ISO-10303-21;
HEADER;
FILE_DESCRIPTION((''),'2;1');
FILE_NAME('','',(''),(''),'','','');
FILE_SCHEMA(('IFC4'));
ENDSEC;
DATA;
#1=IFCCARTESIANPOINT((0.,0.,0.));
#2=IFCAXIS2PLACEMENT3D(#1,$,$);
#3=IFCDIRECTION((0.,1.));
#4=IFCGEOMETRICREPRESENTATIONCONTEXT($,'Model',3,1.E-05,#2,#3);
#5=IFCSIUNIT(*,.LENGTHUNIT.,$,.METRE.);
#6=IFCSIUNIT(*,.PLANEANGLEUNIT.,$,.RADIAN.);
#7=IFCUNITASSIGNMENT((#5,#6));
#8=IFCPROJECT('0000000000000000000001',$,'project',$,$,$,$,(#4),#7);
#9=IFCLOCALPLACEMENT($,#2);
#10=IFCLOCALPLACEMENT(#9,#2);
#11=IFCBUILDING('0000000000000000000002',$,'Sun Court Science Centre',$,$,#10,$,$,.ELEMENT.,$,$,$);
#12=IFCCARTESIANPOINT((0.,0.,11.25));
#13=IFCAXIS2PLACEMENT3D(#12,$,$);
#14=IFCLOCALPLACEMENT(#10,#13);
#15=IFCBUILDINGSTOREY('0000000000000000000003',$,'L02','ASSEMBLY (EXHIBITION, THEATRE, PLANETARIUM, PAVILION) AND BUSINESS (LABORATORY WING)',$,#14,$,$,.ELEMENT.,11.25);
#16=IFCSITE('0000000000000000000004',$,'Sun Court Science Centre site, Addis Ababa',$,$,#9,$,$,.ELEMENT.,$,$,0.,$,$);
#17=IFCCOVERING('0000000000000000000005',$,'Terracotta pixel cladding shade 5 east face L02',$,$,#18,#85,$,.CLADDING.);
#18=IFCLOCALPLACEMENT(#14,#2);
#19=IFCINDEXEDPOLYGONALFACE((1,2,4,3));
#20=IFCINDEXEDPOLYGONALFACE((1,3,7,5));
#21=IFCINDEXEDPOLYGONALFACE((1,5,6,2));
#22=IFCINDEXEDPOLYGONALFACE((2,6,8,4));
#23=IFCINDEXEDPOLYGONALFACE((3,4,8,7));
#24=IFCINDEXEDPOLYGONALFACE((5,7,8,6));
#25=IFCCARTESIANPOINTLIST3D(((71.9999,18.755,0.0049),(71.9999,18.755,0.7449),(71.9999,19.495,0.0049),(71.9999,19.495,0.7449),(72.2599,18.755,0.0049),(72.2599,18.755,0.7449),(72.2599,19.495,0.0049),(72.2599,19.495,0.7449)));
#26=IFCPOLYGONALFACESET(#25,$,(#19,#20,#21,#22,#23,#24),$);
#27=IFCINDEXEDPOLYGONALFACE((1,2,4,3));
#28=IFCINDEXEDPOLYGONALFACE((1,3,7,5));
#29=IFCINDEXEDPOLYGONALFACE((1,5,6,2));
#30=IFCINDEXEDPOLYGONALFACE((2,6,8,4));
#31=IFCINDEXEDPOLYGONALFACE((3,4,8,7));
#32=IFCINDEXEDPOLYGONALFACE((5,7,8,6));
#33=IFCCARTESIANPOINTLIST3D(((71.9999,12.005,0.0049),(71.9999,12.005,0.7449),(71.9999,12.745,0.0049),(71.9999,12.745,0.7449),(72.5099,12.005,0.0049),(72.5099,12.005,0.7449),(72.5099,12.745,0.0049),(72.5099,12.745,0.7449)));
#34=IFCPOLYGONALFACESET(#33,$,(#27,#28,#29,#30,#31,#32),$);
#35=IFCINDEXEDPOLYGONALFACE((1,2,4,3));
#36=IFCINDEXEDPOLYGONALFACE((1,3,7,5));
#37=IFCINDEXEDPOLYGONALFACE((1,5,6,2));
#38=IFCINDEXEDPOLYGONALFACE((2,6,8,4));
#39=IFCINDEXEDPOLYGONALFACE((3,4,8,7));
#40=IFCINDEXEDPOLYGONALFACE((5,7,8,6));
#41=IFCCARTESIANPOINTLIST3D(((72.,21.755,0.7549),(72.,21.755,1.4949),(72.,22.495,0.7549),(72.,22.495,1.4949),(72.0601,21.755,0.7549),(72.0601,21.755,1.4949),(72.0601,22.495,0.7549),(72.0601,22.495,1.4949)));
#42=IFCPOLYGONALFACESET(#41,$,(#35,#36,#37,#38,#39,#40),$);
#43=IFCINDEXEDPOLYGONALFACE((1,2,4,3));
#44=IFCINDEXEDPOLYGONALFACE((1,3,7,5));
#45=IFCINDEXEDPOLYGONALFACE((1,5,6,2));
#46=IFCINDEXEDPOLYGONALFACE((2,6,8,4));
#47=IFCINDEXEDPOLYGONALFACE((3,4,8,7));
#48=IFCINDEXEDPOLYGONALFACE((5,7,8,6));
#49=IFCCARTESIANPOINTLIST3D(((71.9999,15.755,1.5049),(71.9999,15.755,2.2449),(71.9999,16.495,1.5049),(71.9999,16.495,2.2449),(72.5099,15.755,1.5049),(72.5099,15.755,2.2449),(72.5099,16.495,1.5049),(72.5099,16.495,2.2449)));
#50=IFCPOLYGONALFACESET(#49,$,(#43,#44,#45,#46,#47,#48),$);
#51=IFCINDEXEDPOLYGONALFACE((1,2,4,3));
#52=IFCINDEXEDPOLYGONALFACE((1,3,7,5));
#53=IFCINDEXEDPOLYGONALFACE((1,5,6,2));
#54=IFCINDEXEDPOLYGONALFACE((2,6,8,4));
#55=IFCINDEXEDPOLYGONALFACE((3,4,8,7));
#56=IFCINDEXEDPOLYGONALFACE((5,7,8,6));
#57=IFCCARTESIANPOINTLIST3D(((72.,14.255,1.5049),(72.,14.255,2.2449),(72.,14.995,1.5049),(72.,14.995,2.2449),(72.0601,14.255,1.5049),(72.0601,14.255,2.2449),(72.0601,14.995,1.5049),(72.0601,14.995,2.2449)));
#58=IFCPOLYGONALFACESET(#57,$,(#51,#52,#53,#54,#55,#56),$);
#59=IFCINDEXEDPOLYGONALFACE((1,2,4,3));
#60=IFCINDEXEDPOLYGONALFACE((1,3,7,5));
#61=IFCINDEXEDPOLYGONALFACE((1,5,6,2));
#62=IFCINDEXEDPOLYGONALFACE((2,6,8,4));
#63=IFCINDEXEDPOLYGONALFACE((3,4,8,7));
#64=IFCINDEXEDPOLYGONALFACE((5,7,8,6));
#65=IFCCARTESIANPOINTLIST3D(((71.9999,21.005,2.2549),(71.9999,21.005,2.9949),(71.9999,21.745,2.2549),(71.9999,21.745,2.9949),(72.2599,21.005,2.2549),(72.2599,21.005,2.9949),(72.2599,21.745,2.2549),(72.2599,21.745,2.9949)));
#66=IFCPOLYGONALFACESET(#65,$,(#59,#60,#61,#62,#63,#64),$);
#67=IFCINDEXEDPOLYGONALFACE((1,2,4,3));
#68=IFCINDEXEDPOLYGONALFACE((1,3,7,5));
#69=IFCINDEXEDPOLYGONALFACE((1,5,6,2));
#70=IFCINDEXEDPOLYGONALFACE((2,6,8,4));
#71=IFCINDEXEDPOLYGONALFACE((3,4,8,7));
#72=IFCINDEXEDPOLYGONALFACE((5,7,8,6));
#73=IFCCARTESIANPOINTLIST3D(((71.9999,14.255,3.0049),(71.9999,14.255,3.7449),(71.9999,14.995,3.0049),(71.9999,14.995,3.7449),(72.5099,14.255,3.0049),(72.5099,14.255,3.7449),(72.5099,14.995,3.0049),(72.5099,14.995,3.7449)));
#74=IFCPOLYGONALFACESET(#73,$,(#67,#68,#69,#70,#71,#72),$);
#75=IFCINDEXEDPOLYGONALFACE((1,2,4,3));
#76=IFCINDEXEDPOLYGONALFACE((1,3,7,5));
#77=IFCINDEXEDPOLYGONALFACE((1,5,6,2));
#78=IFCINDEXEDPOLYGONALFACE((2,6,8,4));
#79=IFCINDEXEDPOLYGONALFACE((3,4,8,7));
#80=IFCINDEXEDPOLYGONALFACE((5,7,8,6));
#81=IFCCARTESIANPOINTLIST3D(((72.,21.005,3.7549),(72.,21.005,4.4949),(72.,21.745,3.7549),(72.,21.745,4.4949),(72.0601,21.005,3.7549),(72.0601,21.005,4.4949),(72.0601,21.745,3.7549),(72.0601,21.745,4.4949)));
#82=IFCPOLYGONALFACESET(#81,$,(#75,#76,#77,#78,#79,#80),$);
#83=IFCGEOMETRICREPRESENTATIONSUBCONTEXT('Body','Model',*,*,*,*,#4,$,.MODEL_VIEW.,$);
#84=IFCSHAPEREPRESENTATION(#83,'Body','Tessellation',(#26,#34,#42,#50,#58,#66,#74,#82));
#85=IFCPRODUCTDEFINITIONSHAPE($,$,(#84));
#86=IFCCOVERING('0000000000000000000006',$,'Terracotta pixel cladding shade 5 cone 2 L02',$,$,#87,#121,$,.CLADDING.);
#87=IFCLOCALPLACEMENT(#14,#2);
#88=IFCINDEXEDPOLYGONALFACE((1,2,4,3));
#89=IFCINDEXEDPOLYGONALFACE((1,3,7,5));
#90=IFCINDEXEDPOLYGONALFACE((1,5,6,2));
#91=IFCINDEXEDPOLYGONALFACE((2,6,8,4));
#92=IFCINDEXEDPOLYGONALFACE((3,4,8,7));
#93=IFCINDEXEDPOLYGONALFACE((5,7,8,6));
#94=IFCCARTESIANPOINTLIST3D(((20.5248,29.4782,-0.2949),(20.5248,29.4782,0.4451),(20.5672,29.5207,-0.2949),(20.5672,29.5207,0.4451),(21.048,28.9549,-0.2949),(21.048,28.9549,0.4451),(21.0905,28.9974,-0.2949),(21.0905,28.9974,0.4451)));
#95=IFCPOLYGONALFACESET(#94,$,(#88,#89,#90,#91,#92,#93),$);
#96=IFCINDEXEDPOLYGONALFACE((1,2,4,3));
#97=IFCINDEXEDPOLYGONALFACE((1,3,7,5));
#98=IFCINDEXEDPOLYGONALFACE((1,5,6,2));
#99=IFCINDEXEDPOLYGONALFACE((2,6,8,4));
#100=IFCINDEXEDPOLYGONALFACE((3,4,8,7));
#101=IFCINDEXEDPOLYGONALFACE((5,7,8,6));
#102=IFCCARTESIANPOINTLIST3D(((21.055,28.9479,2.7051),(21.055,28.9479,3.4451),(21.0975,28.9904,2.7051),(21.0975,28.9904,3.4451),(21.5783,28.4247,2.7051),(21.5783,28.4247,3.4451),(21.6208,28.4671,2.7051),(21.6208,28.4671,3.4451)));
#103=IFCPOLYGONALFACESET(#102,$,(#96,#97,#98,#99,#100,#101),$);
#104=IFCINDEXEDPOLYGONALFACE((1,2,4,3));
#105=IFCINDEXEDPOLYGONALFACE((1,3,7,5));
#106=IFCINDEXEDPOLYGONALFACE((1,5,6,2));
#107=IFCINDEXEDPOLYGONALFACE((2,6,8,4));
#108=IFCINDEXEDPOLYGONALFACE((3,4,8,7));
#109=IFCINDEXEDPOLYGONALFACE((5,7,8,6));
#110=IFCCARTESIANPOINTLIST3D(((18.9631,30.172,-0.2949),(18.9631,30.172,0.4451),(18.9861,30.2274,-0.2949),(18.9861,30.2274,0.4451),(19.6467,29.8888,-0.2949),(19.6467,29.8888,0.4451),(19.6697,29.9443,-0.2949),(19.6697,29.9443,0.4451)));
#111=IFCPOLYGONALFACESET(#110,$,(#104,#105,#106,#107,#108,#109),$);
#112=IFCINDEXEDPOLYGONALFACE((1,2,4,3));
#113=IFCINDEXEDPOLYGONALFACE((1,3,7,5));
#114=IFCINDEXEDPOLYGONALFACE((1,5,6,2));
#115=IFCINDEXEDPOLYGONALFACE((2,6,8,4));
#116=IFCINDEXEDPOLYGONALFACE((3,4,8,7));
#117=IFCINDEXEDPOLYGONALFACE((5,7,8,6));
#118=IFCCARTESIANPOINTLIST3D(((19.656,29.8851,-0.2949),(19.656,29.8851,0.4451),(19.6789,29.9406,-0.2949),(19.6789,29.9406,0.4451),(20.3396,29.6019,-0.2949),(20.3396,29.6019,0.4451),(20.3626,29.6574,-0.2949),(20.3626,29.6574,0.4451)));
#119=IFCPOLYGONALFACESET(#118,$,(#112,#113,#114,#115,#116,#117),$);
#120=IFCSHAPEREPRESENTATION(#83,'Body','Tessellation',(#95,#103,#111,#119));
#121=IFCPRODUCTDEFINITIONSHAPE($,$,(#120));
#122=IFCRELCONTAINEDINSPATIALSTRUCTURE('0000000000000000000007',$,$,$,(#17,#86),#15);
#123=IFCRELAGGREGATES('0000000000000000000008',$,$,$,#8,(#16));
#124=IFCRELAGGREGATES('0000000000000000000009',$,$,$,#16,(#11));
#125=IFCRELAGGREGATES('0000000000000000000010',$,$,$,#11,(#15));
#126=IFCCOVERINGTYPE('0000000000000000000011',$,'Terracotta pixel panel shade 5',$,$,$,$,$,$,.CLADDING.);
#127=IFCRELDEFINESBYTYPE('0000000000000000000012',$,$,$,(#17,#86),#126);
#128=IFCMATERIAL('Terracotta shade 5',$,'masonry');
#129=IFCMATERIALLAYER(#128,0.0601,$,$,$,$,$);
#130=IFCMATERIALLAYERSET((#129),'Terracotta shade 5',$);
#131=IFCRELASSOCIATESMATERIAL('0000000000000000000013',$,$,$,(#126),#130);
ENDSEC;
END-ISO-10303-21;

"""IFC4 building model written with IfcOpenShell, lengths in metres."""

from ifc_helpers import new_model, si_unit, direction, frame, origin, origin_2d, place, context, subcontext, project, spatial, rectangle, extrude, material, layer, layer_set, type_object, element, save


model = new_model("IFC4")

# Units and contexts
model_context = context("Model", 3, precision=1e-05, world=origin(), true_north=direction((0.0, 1.0)))
body_context = subcontext(model_context, "Body", "Model", "MODEL_VIEW")
ifc_project = project(units=[si_unit("LENGTHUNIT", "METRE"), si_unit("PLANEANGLEUNIT", "RADIAN")], contexts=[model_context])

# Site, building, storey
site_placement = place(None, origin())
site = spatial("IfcSite", under=ifc_project, at=site_placement, Name="Sun Court Science Centre site, Addis Ababa", CompositionType="ELEMENT", RefElevation=0.0)
building_placement = place(site_placement, origin())
building = spatial("IfcBuilding", under=site, at=building_placement, Name="Sun Court Science Centre", CompositionType="ELEMENT")
storey_placement = place(building_placement, frame((0.0, 0.0, 11.25)))
storey = spatial("IfcBuildingStorey", under=building, at=storey_placement, Name="L02", Description="ASSEMBLY (EXHIBITION, THEATRE, PLANETARIUM, PAVILION) AND BUSINESS (LABORATORY WING)", CompositionType="ELEMENT", Elevation=11.25)

# Coverings
ifc_material_1 = material(Name="Terracotta shade 5", Category="masonry")
ifc_layer_1 = layer(ifc_material_1, 0.0601)
ifc_layer_set_1 = layer_set([ifc_layer_1], Name="Terracotta shade 5")
covering_type_1 = type_object("IfcCoveringType", Name="Terracotta pixel panel shade 5", PredefinedType="CLADDING", material=ifc_layer_set_1)
covering_1_placement = place(storey_placement, frame((0.0, 0.0, -11.25)))
element("IfcCovering", 1, at=covering_1_placement, inside=storey, type_object=covering_type_1, Name="Terracotta pixel cladding shade 5 east face L02", PredefinedType="CLADDING", context=body_context, shape_type="SweptSolid", body=[
    extrude(rectangle(XDim=0.74, YDim=0.26, at=origin_2d()), frame((72.1299, 19.125, 11.2549), z_axis=(0.0, 0.0, 1.0), x_axis=(0.0, -1.0, 0.0)), (0.0, 0.0, 1.0), 0.74),
    extrude(rectangle(XDim=0.74, YDim=0.51, at=origin_2d()), frame((72.2549, 12.375, 11.2549), z_axis=(0.0, 0.0, 1.0), x_axis=(0.0, -1.0, 0.0)), (0.0, 0.0, 1.0), 0.74),
    extrude(rectangle(XDim=0.74, YDim=0.0601, at=origin_2d()), frame((72.03, 22.125, 12.0049), z_axis=(0.0, 0.0, 1.0), x_axis=(0.0, -1.0, 0.0)), (0.0, 0.0, 1.0), 0.74),
    extrude(rectangle(XDim=0.74, YDim=0.51, at=origin_2d()), frame((72.2549, 16.125, 12.7549), z_axis=(0.0, 0.0, 1.0), x_axis=(0.0, -1.0, 0.0)), (0.0, 0.0, 1.0), 0.74),
    extrude(rectangle(XDim=0.74, YDim=0.0601, at=origin_2d()), frame((72.03, 14.625, 12.7549), z_axis=(0.0, 0.0, 1.0), x_axis=(0.0, -1.0, 0.0)), (0.0, 0.0, 1.0), 0.74),
    extrude(rectangle(XDim=0.74, YDim=0.26, at=origin_2d()), frame((72.1299, 21.375, 13.5049), z_axis=(0.0, 0.0, 1.0), x_axis=(0.0, -1.0, 0.0)), (0.0, 0.0, 1.0), 0.74),
    extrude(rectangle(XDim=0.74, YDim=0.51, at=origin_2d()), frame((72.2549, 14.625, 14.2549), z_axis=(0.0, 0.0, 1.0), x_axis=(0.0, -1.0, 0.0)), (0.0, 0.0, 1.0), 0.74),
    extrude(rectangle(XDim=0.74, YDim=0.0601, at=origin_2d()), frame((72.03, 21.375, 15.0049), z_axis=(0.0, 0.0, 1.0), x_axis=(0.0, -1.0, 0.0)), (0.0, 0.0, 1.0), 0.74),
])
covering_2_placement = place(storey_placement, frame((0.0, 0.0, -11.25)))
element("IfcCovering", 2, at=covering_2_placement, inside=storey, type_object=covering_type_1, Name="Terracotta pixel cladding shade 5 cone 2 L02", PredefinedType="CLADDING", context=body_context, shape_type="SweptSolid", body=[
    extrude(rectangle(XDim=0.74, YDim=0.0601, at=origin_2d()), frame((20.8076, 29.2378, 10.9551), z_axis=(0.0, 0.0, 1.0), x_axis=(0.707107, -0.707107, 0.0)), (0.0, 0.0, 1.0), 0.74),
    extrude(rectangle(XDim=0.74, YDim=0.0601, at=origin_2d()), frame((21.3379, 28.7075, 13.9551), z_axis=(0.0, 0.0, 1.0), x_axis=(0.707107, -0.707107, 0.0)), (0.0, 0.0, 1.0), 0.74),
    extrude(rectangle(XDim=0.74, YDim=0.0601, at=origin_2d()), frame((19.3164, 30.0581, 10.9551), z_axis=(0.0, 0.0, 1.0), x_axis=(0.92388, -0.382683, 0.0)), (0.0, 0.0, 1.0), 0.74),
    extrude(rectangle(XDim=0.74, YDim=0.0601, at=origin_2d()), frame((20.0093, 29.7712, 10.9551), z_axis=(0.0, 0.0, 1.0), x_axis=(0.92388, -0.382683, 0.0)), (0.0, 0.0, 1.0), 0.74),
])

save(model, "model.ifc")
